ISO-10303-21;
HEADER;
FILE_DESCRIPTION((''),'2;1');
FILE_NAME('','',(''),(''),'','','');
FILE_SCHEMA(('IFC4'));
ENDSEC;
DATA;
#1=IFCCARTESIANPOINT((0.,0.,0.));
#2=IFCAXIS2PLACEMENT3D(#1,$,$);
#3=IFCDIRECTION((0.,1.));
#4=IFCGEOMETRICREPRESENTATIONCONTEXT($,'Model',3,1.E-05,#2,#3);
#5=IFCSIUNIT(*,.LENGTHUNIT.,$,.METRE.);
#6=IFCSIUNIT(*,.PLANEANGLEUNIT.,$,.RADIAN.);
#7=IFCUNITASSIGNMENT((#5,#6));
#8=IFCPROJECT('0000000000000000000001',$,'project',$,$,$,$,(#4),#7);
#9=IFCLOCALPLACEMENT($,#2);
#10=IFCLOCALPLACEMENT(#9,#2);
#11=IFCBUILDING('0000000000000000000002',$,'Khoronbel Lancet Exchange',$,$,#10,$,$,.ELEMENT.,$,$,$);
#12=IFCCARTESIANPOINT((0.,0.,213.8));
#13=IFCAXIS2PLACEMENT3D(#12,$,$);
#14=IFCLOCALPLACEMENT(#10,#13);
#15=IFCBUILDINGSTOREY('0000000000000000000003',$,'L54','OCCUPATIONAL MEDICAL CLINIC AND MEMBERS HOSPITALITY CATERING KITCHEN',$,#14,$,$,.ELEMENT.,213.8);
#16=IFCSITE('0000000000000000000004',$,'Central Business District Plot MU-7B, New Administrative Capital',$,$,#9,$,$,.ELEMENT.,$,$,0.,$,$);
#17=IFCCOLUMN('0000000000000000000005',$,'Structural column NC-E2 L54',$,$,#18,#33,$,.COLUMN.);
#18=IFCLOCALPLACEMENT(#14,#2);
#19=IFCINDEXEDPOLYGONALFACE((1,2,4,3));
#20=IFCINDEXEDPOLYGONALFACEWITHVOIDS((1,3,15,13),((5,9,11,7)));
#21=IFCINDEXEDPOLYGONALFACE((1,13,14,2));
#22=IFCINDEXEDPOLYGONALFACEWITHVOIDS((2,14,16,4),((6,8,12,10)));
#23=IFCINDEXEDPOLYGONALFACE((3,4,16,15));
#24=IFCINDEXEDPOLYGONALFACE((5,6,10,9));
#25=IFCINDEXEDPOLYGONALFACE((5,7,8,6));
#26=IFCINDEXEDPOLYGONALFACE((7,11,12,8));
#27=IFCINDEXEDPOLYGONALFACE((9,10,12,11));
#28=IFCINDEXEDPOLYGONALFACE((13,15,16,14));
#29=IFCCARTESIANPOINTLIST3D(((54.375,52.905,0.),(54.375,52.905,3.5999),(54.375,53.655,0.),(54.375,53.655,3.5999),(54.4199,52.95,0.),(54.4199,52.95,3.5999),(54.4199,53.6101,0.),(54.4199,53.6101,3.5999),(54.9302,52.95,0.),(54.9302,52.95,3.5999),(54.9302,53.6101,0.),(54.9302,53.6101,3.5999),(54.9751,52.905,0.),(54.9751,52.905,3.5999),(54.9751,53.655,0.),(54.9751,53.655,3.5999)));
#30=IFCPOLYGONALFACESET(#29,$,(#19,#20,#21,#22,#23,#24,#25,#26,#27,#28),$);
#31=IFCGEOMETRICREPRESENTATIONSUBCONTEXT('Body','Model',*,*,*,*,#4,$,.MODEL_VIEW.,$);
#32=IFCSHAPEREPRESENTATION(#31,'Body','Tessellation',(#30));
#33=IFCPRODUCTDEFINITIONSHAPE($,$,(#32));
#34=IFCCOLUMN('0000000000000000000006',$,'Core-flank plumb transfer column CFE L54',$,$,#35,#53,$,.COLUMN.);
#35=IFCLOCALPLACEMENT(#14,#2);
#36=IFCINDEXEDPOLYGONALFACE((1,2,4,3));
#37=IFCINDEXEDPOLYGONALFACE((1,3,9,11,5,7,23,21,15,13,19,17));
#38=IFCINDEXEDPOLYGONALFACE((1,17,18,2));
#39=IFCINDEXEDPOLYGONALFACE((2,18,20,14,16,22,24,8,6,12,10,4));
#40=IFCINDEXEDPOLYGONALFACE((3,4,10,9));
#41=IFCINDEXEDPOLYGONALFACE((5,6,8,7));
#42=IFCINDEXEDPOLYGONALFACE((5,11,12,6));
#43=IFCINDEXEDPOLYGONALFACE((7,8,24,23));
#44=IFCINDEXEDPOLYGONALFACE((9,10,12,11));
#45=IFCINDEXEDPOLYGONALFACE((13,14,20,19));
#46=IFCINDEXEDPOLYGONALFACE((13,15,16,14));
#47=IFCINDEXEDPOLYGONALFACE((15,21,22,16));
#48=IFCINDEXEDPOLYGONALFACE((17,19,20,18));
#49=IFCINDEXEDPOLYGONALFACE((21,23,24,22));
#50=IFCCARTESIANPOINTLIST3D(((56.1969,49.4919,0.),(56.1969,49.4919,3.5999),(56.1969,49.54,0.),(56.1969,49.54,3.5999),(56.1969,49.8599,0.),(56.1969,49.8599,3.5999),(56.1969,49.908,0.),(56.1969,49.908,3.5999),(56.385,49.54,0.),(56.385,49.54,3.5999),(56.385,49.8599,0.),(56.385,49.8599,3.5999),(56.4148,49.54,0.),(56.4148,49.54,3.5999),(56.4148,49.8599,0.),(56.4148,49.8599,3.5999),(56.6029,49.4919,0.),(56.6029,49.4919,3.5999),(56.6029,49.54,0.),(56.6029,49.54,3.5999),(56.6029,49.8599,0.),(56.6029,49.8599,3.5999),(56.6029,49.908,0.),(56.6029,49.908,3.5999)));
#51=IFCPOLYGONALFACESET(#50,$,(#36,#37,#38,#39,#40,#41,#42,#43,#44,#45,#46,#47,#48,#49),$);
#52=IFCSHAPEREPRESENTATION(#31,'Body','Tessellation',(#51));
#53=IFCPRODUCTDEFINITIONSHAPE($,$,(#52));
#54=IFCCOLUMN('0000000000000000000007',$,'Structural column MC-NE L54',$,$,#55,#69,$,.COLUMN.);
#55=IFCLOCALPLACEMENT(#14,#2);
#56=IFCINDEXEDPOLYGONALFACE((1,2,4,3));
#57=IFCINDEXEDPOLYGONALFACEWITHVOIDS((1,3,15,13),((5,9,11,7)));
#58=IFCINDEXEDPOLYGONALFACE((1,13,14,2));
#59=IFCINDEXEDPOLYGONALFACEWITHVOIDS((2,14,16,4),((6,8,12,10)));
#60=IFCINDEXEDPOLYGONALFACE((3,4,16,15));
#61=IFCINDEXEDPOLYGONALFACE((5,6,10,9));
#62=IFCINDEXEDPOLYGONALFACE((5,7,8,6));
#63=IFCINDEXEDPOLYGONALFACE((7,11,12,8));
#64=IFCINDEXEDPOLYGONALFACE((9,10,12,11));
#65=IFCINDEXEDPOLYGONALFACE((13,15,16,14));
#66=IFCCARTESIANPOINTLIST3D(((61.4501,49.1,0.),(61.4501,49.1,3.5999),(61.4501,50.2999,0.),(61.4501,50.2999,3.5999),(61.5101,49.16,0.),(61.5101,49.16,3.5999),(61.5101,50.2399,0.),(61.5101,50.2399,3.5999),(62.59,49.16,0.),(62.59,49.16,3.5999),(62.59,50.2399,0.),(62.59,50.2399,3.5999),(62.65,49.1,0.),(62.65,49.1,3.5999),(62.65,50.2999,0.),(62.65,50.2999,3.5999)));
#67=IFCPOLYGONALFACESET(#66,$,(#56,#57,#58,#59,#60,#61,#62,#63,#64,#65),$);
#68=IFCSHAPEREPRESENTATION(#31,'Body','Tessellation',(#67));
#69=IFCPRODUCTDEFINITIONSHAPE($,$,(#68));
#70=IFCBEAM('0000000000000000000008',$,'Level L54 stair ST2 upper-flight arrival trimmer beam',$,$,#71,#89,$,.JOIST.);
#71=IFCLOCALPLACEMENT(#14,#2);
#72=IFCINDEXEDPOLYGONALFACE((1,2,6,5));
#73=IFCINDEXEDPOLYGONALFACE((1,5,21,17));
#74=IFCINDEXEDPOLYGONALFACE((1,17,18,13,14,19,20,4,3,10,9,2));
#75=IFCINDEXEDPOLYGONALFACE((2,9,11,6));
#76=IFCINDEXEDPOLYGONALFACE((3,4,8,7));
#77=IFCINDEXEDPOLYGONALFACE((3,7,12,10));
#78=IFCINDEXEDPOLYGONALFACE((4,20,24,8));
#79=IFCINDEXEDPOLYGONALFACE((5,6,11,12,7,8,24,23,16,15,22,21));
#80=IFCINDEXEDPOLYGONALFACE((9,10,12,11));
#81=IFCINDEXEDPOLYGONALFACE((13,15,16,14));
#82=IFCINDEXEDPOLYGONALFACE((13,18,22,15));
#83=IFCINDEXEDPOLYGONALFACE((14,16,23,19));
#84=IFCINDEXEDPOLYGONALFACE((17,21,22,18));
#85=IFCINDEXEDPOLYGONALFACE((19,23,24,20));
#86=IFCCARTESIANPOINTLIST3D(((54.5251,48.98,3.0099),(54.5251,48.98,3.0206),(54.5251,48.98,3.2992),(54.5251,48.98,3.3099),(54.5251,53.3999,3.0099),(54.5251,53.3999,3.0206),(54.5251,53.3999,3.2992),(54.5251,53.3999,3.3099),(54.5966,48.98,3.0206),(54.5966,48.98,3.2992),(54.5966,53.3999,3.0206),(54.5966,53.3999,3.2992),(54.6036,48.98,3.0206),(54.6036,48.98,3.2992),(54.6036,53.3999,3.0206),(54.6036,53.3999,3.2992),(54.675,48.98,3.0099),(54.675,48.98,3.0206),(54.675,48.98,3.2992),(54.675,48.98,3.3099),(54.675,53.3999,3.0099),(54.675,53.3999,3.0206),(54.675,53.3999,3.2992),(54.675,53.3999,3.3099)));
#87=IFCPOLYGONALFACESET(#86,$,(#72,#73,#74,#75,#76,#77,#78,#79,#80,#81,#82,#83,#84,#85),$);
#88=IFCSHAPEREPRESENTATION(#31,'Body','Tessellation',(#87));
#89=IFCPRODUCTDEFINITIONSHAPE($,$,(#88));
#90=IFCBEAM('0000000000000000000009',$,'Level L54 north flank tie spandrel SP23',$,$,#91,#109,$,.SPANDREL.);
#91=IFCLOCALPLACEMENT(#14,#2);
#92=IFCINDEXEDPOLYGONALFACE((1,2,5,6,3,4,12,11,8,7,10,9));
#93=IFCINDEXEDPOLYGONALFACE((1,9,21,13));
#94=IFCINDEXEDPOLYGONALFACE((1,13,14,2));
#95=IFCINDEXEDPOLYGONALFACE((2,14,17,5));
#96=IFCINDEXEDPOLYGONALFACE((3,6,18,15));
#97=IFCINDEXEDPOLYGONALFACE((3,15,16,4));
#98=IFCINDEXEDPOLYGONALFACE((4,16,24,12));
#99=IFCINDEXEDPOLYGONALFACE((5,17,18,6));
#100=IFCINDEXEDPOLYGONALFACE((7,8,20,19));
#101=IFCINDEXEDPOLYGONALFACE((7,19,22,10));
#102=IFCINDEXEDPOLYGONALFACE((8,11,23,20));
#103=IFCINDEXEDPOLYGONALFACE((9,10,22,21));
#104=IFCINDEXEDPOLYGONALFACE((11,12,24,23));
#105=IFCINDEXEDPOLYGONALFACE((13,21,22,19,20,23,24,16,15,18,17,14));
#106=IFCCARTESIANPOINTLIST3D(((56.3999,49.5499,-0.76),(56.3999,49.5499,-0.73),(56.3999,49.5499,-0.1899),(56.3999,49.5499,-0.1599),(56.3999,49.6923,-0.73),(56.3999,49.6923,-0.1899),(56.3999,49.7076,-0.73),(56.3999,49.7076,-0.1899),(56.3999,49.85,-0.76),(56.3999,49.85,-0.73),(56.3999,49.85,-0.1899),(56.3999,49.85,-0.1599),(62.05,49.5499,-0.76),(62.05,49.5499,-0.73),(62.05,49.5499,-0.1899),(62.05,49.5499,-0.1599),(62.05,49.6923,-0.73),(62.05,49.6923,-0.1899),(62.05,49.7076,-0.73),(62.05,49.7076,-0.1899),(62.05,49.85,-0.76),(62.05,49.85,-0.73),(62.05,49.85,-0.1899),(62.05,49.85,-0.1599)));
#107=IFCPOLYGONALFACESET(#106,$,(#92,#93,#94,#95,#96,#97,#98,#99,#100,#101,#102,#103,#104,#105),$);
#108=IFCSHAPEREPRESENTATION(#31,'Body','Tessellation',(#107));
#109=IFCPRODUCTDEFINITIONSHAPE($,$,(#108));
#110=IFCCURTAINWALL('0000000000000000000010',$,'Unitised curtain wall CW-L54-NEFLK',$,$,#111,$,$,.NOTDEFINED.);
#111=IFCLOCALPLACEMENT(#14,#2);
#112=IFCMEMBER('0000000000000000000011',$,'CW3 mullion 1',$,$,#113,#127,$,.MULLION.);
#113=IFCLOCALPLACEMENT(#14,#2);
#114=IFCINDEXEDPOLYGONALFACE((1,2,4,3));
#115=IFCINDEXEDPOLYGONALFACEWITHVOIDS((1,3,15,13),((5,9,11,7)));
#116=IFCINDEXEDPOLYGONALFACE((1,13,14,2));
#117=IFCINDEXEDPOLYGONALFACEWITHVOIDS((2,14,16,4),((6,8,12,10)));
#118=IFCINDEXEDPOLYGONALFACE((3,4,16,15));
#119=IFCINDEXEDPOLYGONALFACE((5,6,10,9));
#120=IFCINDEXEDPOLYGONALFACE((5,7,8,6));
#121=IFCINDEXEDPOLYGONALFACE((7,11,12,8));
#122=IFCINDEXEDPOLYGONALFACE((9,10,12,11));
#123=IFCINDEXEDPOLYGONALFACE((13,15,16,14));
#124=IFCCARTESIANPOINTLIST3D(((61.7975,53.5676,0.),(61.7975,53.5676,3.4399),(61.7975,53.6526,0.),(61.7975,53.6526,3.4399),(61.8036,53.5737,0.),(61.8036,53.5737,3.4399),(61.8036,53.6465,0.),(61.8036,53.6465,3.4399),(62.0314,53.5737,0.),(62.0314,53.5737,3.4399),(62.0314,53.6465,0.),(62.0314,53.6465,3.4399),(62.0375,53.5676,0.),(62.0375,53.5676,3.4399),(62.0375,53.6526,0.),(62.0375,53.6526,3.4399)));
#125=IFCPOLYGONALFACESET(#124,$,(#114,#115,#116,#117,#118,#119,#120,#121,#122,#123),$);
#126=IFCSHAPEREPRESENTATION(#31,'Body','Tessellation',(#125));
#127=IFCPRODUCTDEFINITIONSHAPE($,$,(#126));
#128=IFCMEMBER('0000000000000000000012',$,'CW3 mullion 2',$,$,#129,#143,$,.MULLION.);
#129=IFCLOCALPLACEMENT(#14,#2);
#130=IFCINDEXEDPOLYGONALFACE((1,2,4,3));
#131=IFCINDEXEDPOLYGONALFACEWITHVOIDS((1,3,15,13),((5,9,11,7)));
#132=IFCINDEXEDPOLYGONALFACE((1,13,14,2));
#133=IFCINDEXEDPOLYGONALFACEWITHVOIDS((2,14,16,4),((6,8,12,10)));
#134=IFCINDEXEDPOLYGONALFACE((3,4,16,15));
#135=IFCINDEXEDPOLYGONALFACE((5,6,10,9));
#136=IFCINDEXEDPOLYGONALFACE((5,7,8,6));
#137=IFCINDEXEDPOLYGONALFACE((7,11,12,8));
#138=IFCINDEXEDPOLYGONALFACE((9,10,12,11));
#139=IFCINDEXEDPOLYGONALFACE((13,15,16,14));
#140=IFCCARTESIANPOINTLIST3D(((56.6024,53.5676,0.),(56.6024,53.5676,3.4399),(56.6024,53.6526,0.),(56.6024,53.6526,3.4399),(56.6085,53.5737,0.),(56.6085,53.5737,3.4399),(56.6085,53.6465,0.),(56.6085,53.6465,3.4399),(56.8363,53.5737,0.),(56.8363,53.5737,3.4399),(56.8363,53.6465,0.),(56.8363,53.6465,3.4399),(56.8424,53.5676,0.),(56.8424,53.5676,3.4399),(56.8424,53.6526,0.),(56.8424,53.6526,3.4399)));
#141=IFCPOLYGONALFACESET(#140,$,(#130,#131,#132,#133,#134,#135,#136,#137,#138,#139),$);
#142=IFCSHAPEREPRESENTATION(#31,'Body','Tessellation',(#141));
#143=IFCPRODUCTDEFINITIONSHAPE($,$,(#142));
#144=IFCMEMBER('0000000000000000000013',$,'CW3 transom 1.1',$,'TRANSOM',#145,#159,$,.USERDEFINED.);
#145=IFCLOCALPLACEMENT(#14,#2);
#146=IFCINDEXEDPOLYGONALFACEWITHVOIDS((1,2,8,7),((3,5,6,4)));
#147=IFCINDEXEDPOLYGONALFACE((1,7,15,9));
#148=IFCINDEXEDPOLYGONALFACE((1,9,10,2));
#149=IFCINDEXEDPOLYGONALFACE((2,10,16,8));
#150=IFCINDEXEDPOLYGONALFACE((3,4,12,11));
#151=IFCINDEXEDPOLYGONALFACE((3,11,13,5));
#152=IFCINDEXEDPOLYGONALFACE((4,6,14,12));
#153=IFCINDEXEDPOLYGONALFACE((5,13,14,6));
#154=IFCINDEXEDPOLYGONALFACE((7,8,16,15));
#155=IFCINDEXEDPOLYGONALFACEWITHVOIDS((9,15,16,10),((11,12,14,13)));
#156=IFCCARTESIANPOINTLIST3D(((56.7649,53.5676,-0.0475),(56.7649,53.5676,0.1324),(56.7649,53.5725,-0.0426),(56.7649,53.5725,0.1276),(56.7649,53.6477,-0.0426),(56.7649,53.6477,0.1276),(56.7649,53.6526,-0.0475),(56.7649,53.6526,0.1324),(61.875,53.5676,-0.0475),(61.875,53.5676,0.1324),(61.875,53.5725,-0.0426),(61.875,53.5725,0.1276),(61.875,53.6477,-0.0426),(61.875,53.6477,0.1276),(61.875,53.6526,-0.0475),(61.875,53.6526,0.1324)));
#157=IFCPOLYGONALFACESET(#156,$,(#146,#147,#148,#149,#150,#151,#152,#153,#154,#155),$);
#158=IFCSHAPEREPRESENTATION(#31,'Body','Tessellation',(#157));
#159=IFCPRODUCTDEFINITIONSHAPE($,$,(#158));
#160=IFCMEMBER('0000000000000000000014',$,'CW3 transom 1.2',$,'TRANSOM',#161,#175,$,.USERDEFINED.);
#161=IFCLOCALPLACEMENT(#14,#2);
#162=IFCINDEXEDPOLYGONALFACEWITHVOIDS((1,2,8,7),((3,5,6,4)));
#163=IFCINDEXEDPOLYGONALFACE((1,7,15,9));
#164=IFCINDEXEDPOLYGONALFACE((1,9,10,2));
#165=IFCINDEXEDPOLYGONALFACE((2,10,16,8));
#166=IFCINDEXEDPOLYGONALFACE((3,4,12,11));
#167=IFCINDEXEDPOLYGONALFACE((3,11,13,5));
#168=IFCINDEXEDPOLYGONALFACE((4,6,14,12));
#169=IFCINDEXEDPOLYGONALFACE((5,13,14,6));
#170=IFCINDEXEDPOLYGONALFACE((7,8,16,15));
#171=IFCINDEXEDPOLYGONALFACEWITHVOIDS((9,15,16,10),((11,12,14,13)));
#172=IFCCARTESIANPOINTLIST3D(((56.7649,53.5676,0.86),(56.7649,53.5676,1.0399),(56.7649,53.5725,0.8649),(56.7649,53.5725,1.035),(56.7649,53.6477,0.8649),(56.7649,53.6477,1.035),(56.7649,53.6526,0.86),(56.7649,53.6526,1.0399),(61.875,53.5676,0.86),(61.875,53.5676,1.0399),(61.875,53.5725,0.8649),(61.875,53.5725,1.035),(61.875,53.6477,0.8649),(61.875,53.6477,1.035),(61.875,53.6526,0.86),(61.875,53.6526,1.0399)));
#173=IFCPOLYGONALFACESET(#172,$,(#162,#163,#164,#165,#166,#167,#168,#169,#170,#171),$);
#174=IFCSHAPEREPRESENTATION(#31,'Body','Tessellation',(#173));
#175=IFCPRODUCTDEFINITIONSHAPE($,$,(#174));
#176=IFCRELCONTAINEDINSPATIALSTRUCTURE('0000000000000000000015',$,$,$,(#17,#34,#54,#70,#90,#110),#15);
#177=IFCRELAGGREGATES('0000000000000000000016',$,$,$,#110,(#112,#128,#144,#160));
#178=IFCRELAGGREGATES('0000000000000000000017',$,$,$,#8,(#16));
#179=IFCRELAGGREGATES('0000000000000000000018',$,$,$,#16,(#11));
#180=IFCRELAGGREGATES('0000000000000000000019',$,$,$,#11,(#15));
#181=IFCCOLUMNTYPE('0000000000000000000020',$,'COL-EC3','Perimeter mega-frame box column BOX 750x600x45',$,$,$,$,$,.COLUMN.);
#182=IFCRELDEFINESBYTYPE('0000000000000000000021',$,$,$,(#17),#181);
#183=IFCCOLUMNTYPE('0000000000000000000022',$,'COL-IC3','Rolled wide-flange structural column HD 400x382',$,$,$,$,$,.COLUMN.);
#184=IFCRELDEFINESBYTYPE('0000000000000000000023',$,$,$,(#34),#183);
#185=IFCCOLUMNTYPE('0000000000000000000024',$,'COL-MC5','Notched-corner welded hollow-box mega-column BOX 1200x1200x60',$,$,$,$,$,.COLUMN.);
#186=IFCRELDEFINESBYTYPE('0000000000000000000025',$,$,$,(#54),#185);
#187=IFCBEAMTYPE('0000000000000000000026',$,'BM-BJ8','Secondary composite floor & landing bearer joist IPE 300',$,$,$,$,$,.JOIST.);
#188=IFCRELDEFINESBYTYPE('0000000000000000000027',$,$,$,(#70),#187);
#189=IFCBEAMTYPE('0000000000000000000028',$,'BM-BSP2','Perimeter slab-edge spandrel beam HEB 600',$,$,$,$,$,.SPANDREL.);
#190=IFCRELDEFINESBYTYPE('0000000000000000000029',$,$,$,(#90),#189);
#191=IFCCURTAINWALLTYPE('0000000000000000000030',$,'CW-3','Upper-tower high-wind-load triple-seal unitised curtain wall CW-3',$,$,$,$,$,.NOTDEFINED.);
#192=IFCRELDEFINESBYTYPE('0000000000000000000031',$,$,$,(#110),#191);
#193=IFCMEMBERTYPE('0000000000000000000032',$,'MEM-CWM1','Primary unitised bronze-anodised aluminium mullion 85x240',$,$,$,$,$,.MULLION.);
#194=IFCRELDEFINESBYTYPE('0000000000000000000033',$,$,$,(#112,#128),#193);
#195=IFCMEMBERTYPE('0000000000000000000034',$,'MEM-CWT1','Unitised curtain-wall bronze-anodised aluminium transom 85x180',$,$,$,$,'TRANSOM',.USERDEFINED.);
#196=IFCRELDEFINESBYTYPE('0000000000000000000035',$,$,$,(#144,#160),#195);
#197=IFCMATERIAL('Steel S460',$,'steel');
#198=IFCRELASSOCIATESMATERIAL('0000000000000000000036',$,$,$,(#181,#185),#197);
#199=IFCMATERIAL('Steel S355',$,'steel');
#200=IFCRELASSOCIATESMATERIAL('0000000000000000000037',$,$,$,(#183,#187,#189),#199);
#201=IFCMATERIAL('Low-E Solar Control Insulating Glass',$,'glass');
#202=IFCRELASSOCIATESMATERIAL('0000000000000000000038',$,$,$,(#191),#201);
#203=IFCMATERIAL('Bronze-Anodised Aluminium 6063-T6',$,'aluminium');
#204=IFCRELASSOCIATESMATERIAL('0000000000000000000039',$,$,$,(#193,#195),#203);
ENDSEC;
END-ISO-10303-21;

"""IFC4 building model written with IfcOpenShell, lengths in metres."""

from ifc_helpers import new_model, si_unit, direction, frame, origin, origin_2d, place, context, subcontext, project, spatial, hollow_rectangle, i_section, extrude, material, material_profile, profile_set, type_object, element, aggregate, save


model = new_model("IFC4")

# Units and contexts
model_context = context("Model", 3, precision=1e-05, world=origin(), true_north=direction((0.0, 1.0)))
body_context = subcontext(model_context, "Body", "Model", "MODEL_VIEW")
ifc_project = project(units=[si_unit("LENGTHUNIT", "METRE"), si_unit("PLANEANGLEUNIT", "RADIAN")], contexts=[model_context])

# Site, building, storey
site_placement = place(None, origin())
site = spatial("IfcSite", under=ifc_project, at=site_placement, Name="Central Business District Plot MU-7B, New Administrative Capital", CompositionType="ELEMENT", RefElevation=0.0)
building_placement = place(site_placement, origin())
building = spatial("IfcBuilding", under=site, at=building_placement, Name="Khoronbel Lancet Exchange", CompositionType="ELEMENT")
storey_placement = place(building_placement, frame((0.0, 0.0, 213.8)))
storey = spatial("IfcBuildingStorey", under=building, at=storey_placement, Name="L54", Description="OCCUPATIONAL MEDICAL CLINIC AND MEMBERS HOSPITALITY CATERING KITCHEN", CompositionType="ELEMENT", Elevation=213.8)

# Columns
ifc_material_1 = material(Name="Steel S460", Category="steel")
ifc_material_profile_1 = material_profile(ifc_material_1, hollow_rectangle(XDim=0.6001, YDim=0.75, WallThickness=0.0449, at=origin_2d()), Name="BOX 750x600x45")
ifc_profile_set_1 = profile_set([ifc_material_profile_1], Name="Steel S460")
column_type_1 = type_object("IfcColumnType", Name="COL-EC3", Description="Perimeter mega-frame box column BOX 750x600x45", PredefinedType="COLUMN", material=ifc_profile_set_1)
column_1_placement = place(storey_placement, frame((54.675, 53.28, 0.0), z_axis=(0.0, 0.0, 1.0), x_axis=(1.0, 0.0, 0.0)))
element("IfcColumn", 1, at=column_1_placement, inside=storey, type_object=column_type_1, Name="Structural column NC-E2 L54", PredefinedType="COLUMN", context=body_context, shape_type="SweptSolid", body=[
    extrude(hollow_rectangle(XDim=0.6001, YDim=0.75, WallThickness=0.0449, at=origin_2d()), origin(), (0.0, 0.0, 1.0), 3.5999),
])
ifc_material_2 = material(Name="Steel S355", Category="steel")
ifc_material_profile_2 = material_profile(ifc_material_2, i_section(OverallWidth=0.406, OverallDepth=0.416, WebThickness=0.0298, FlangeThickness=0.0481, at=origin_2d()), Name="HD 400x382")
ifc_profile_set_2 = profile_set([ifc_material_profile_2], Name="Steel S355")
column_type_2 = type_object("IfcColumnType", Name="COL-IC3", Description="Rolled wide-flange structural column HD 400x382", PredefinedType="COLUMN", material=ifc_profile_set_2)
column_2_placement = place(storey_placement, frame((56.3999, 49.7, 0.0), z_axis=(0.0, 0.0, 1.0), x_axis=(1.0, 0.0, 0.0)))
element("IfcColumn", 2, at=column_2_placement, inside=storey, type_object=column_type_2, Name="Core-flank plumb transfer column CFE L54", PredefinedType="COLUMN", context=body_context, shape_type="SweptSolid", body=[
    extrude(i_section(OverallWidth=0.406, OverallDepth=0.416, WebThickness=0.0298, FlangeThickness=0.0481, at=origin_2d()), origin(), (0.0, 0.0, 1.0), 3.5999),
])
ifc_material_profile_3 = material_profile(ifc_material_1, hollow_rectangle(XDim=1.2, YDim=1.2, WallThickness=0.0601, at=origin_2d()), Name="BOX 1200x1200x60")
ifc_profile_set_3 = profile_set([ifc_material_profile_3], Name="Steel S460")
column_type_3 = type_object("IfcColumnType", Name="COL-MC5", Description="Notched-corner welded hollow-box mega-column BOX 1200x1200x60", PredefinedType="COLUMN", material=ifc_profile_set_3)
column_3_placement = place(storey_placement, frame((62.05, 49.7, 0.0), z_axis=(0.0, 0.0, 1.0), x_axis=(1.0, 0.0, 0.0)))
element("IfcColumn", 3, at=column_3_placement, inside=storey, type_object=column_type_3, Name="Structural column MC-NE L54", PredefinedType="COLUMN", context=body_context, shape_type="SweptSolid", body=[
    extrude(hollow_rectangle(XDim=1.2, YDim=1.2, WallThickness=0.0601, at=origin_2d()), origin(), (0.0, 0.0, 1.0), 3.5999),
])

# Beams
ifc_material_profile_4 = material_profile(ifc_material_2, i_section(OverallWidth=0.1499, OverallDepth=0.3, WebThickness=0.0071, FlangeThickness=0.0107, at=origin_2d()), Name="IPE 300")
ifc_profile_set_4 = profile_set([ifc_material_profile_4], Name="Steel S355")
beam_type_1 = type_object("IfcBeamType", Name="BM-BJ8", Description="Secondary composite floor & landing bearer joist IPE 300", PredefinedType="JOIST", material=ifc_profile_set_4)
beam_1_placement = place(storey_placement, frame((54.6001, 48.98, 3.1599), z_axis=(0.0, 1.0, 0.0), x_axis=(-1.0, 0.0, 0.0)))
element("IfcBeam", 4, at=beam_1_placement, inside=storey, type_object=beam_type_1, Name="Level L54 stair ST2 upper-flight arrival trimmer beam", PredefinedType="JOIST", context=body_context, shape_type="SweptSolid", body=[
    extrude(i_section(OverallWidth=0.1499, OverallDepth=0.3, WebThickness=0.0071, FlangeThickness=0.0107, at=origin_2d()), origin(), (0.0, 0.0, 1.0), 4.4199),
])
ifc_material_profile_5 = material_profile(ifc_material_2, i_section(OverallWidth=0.3, OverallDepth=0.6001, WebThickness=0.0154, FlangeThickness=0.03, at=origin_2d()), Name="HEB 600")
ifc_profile_set_5 = profile_set([ifc_material_profile_5], Name="Steel S355")
beam_type_2 = type_object("IfcBeamType", Name="BM-BSP2", Description="Perimeter slab-edge spandrel beam HEB 600", PredefinedType="SPANDREL", material=ifc_profile_set_5)
beam_2_placement = place(storey_placement, frame((62.05, 49.7, -0.46), z_axis=(-1.0, 0.0, 0.0), x_axis=(0.0, -1.0, 0.0)))
element("IfcBeam", 5, at=beam_2_placement, inside=storey, type_object=beam_type_2, Name="Level L54 north flank tie spandrel SP23", PredefinedType="SPANDREL", context=body_context, shape_type="SweptSolid", body=[
    extrude(i_section(OverallWidth=0.3, OverallDepth=0.6001, WebThickness=0.0154, FlangeThickness=0.03, at=origin_2d()), origin(), (0.0, 0.0, 1.0), 5.6501),
])

# Curtain wall, members
ifc_material_3 = material(Name="Low-E Solar Control Insulating Glass", Category="glass")
curtain_wall_type = type_object("IfcCurtainWallType", Name="CW-3", Description="Upper-tower high-wind-load triple-seal unitised curtain wall CW-3", PredefinedType="NOTDEFINED", material=ifc_material_3)
curtain_wall_placement = place(storey_placement, origin())
curtain_wall = element("IfcCurtainWall", 6, at=curtain_wall_placement, inside=storey, type_object=curtain_wall_type, Name="Unitised curtain wall CW-L54-NEFLK", PredefinedType="NOTDEFINED")
ifc_material_4 = material(Name="Bronze-Anodised Aluminium 6063-T6", Category="aluminium")
ifc_material_profile_6 = material_profile(ifc_material_4, hollow_rectangle(XDim=0.085, YDim=0.24, WallThickness=0.0061, at=origin_2d()), Name="ALU MULLION 85x240")
ifc_profile_set_6 = profile_set([ifc_material_profile_6], Name="Bronze-Anodised Aluminium 6063-T6")
member_type_1 = type_object("IfcMemberType", Name="MEM-CWM1", Description="Primary unitised bronze-anodised aluminium mullion 85x240", PredefinedType="MULLION", material=ifc_profile_set_6)
member_1_placement = place(storey_placement, frame((61.9175, 53.6101, 0.0), z_axis=(0.0, 0.0, 1.0), x_axis=(0.0, -1.0, 0.0)))
member_1 = element("IfcMember", 7, at=member_1_placement, type_object=member_type_1, Name="CW3 mullion 1", PredefinedType="MULLION", context=body_context, shape_type="SweptSolid", body=[
    extrude(hollow_rectangle(XDim=0.085, YDim=0.24, WallThickness=0.0061, at=origin_2d()), origin(), (0.0, 0.0, 1.0), 3.4399),
])
member_2_placement = place(storey_placement, frame((56.7224, 53.6101, 0.0), z_axis=(0.0, 0.0, 1.0), x_axis=(0.0, -1.0, 0.0)))
member_2 = element("IfcMember", 8, at=member_2_placement, type_object=member_type_1, Name="CW3 mullion 2", PredefinedType="MULLION", context=body_context, shape_type="SweptSolid", body=[
    extrude(hollow_rectangle(XDim=0.085, YDim=0.24, WallThickness=0.0061, at=origin_2d()), origin(), (0.0, 0.0, 1.0), 3.4399),
])
ifc_material_profile_7 = material_profile(ifc_material_4, hollow_rectangle(XDim=0.085, YDim=0.1799, WallThickness=0.0049, at=origin_2d()), Name="ALU TRANSOM 85x180")
ifc_profile_set_7 = profile_set([ifc_material_profile_7], Name="Bronze-Anodised Aluminium 6063-T6")
member_type_2 = type_object("IfcMemberType", Name="MEM-CWT1", Description="Unitised curtain-wall bronze-anodised aluminium transom 85x180", ElementType="TRANSOM", PredefinedType="USERDEFINED", material=ifc_profile_set_7)
member_3_placement = place(storey_placement, frame((61.875, 53.6101, 0.0425), z_axis=(-1.0, 0.0, 0.0), x_axis=(0.0, -1.0, 0.0)))
member_3 = element("IfcMember", 9, at=member_3_placement, type_object=member_type_2, Name="CW3 transom 1.1", ObjectType="TRANSOM", PredefinedType="USERDEFINED", context=body_context, shape_type="SweptSolid", body=[
    extrude(hollow_rectangle(XDim=0.085, YDim=0.1799, WallThickness=0.0049, at=origin_2d()), origin(), (0.0, 0.0, 1.0), 5.1101),
])
member_4_placement = place(storey_placement, frame((61.875, 53.6101, 0.95), z_axis=(-1.0, 0.0, 0.0), x_axis=(0.0, -1.0, 0.0)))
member_4 = element("IfcMember", 10, at=member_4_placement, type_object=member_type_2, Name="CW3 transom 1.2", ObjectType="TRANSOM", PredefinedType="USERDEFINED", context=body_context, shape_type="SweptSolid", body=[
    extrude(hollow_rectangle(XDim=0.085, YDim=0.1799, WallThickness=0.0049, at=origin_2d()), origin(), (0.0, 0.0, 1.0), 5.1101),
])
aggregate(curtain_wall, [member_1, member_2, member_3, member_4])

save(model, "model.ifc")
